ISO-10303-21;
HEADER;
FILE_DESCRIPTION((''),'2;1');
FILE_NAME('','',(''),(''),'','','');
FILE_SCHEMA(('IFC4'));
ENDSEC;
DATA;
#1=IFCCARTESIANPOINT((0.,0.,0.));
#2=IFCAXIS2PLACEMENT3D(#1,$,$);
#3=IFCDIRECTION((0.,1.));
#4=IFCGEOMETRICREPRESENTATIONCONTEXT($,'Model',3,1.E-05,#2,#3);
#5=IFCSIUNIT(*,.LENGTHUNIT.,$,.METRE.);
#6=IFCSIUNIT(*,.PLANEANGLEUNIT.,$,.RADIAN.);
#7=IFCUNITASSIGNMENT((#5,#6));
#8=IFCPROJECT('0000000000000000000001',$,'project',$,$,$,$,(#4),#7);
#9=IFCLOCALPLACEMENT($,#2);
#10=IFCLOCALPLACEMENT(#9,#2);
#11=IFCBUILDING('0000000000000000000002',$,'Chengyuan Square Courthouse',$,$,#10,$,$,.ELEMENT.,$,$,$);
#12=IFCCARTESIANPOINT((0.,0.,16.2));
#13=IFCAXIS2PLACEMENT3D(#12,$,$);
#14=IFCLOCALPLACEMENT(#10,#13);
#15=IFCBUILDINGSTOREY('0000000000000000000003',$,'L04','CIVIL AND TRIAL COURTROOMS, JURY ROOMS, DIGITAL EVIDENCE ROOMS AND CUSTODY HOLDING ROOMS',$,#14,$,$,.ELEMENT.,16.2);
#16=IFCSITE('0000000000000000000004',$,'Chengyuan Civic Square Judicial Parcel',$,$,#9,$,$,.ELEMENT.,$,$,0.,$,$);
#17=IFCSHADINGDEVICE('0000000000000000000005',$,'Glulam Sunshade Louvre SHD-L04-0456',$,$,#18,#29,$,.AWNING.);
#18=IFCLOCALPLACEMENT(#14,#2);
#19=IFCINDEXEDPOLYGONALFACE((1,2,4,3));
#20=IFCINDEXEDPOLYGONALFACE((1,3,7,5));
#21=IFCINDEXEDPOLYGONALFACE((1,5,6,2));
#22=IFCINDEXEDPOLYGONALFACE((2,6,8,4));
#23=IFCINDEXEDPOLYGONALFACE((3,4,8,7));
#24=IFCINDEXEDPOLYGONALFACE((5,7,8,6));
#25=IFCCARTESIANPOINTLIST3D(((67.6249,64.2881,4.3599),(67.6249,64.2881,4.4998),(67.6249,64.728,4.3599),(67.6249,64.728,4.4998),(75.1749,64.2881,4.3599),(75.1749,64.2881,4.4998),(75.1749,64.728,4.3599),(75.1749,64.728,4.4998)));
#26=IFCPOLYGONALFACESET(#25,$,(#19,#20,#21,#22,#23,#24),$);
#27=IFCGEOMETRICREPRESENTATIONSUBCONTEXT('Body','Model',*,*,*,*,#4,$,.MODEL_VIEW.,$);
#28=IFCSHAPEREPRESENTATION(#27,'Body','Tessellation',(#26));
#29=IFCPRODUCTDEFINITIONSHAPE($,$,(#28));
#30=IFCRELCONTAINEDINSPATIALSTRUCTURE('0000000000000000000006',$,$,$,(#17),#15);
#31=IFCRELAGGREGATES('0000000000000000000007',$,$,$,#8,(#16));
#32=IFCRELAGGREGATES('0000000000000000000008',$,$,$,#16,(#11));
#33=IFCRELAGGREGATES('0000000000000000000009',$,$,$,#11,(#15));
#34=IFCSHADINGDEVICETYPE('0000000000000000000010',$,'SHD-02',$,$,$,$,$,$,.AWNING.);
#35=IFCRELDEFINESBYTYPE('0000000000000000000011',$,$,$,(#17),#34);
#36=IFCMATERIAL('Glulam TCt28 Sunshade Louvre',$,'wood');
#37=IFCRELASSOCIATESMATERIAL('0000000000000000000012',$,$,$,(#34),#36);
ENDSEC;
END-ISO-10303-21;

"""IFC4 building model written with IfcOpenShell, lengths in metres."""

from ifc_helpers import new_model, si_unit, direction, frame, origin, origin_2d, place, context, subcontext, project, spatial, rectangle, extrude, material, type_object, element, save


model = new_model("IFC4")

# Units and contexts
model_context = context("Model", 3, precision=1e-05, world=origin(), true_north=direction((0.0, 1.0)))
body_context = subcontext(model_context, "Body", "Model", "MODEL_VIEW")
ifc_project = project(units=[si_unit("LENGTHUNIT", "METRE"), si_unit("PLANEANGLEUNIT", "RADIAN")], contexts=[model_context])

# Site, building, storey
site_placement = place(None, origin())
site = spatial("IfcSite", under=ifc_project, at=site_placement, Name="Chengyuan Civic Square Judicial Parcel", CompositionType="ELEMENT", RefElevation=0.0)
building_placement = place(site_placement, origin())
building = spatial("IfcBuilding", under=site, at=building_placement, Name="Chengyuan Square Courthouse", CompositionType="ELEMENT")
storey_placement = place(building_placement, frame((0.0, 0.0, 16.2)))
storey = spatial("IfcBuildingStorey", under=building, at=storey_placement, Name="L04", Description="CIVIL AND TRIAL COURTROOMS, JURY ROOMS, DIGITAL EVIDENCE ROOMS AND CUSTODY HOLDING ROOMS", CompositionType="ELEMENT", Elevation=16.2)

# Shading device
ifc_material_1 = material(Name="Glulam TCt28 Sunshade Louvre", Category="wood")
shading_device_type_1 = type_object("IfcShadingDeviceType", Name="SHD-02", PredefinedType="AWNING", material=ifc_material_1)
shading_device_1_placement = place(storey_placement, frame((71.3999, 64.5081, 4.3599), z_axis=(0.0, 0.0, 1.0), x_axis=(1.0, 0.0, 0.0)))
element("IfcShadingDevice", 1, at=shading_device_1_placement, inside=storey, type_object=shading_device_type_1, Name="Glulam Sunshade Louvre SHD-L04-0456", PredefinedType="AWNING", context=body_context, shape_type="SweptSolid", body=[
    extrude(rectangle(XDim=7.55, YDim=0.4399, at=origin_2d()), origin(), (0.0, 0.0, 1.0), 0.1399),
])

save(model, "model.ifc")
